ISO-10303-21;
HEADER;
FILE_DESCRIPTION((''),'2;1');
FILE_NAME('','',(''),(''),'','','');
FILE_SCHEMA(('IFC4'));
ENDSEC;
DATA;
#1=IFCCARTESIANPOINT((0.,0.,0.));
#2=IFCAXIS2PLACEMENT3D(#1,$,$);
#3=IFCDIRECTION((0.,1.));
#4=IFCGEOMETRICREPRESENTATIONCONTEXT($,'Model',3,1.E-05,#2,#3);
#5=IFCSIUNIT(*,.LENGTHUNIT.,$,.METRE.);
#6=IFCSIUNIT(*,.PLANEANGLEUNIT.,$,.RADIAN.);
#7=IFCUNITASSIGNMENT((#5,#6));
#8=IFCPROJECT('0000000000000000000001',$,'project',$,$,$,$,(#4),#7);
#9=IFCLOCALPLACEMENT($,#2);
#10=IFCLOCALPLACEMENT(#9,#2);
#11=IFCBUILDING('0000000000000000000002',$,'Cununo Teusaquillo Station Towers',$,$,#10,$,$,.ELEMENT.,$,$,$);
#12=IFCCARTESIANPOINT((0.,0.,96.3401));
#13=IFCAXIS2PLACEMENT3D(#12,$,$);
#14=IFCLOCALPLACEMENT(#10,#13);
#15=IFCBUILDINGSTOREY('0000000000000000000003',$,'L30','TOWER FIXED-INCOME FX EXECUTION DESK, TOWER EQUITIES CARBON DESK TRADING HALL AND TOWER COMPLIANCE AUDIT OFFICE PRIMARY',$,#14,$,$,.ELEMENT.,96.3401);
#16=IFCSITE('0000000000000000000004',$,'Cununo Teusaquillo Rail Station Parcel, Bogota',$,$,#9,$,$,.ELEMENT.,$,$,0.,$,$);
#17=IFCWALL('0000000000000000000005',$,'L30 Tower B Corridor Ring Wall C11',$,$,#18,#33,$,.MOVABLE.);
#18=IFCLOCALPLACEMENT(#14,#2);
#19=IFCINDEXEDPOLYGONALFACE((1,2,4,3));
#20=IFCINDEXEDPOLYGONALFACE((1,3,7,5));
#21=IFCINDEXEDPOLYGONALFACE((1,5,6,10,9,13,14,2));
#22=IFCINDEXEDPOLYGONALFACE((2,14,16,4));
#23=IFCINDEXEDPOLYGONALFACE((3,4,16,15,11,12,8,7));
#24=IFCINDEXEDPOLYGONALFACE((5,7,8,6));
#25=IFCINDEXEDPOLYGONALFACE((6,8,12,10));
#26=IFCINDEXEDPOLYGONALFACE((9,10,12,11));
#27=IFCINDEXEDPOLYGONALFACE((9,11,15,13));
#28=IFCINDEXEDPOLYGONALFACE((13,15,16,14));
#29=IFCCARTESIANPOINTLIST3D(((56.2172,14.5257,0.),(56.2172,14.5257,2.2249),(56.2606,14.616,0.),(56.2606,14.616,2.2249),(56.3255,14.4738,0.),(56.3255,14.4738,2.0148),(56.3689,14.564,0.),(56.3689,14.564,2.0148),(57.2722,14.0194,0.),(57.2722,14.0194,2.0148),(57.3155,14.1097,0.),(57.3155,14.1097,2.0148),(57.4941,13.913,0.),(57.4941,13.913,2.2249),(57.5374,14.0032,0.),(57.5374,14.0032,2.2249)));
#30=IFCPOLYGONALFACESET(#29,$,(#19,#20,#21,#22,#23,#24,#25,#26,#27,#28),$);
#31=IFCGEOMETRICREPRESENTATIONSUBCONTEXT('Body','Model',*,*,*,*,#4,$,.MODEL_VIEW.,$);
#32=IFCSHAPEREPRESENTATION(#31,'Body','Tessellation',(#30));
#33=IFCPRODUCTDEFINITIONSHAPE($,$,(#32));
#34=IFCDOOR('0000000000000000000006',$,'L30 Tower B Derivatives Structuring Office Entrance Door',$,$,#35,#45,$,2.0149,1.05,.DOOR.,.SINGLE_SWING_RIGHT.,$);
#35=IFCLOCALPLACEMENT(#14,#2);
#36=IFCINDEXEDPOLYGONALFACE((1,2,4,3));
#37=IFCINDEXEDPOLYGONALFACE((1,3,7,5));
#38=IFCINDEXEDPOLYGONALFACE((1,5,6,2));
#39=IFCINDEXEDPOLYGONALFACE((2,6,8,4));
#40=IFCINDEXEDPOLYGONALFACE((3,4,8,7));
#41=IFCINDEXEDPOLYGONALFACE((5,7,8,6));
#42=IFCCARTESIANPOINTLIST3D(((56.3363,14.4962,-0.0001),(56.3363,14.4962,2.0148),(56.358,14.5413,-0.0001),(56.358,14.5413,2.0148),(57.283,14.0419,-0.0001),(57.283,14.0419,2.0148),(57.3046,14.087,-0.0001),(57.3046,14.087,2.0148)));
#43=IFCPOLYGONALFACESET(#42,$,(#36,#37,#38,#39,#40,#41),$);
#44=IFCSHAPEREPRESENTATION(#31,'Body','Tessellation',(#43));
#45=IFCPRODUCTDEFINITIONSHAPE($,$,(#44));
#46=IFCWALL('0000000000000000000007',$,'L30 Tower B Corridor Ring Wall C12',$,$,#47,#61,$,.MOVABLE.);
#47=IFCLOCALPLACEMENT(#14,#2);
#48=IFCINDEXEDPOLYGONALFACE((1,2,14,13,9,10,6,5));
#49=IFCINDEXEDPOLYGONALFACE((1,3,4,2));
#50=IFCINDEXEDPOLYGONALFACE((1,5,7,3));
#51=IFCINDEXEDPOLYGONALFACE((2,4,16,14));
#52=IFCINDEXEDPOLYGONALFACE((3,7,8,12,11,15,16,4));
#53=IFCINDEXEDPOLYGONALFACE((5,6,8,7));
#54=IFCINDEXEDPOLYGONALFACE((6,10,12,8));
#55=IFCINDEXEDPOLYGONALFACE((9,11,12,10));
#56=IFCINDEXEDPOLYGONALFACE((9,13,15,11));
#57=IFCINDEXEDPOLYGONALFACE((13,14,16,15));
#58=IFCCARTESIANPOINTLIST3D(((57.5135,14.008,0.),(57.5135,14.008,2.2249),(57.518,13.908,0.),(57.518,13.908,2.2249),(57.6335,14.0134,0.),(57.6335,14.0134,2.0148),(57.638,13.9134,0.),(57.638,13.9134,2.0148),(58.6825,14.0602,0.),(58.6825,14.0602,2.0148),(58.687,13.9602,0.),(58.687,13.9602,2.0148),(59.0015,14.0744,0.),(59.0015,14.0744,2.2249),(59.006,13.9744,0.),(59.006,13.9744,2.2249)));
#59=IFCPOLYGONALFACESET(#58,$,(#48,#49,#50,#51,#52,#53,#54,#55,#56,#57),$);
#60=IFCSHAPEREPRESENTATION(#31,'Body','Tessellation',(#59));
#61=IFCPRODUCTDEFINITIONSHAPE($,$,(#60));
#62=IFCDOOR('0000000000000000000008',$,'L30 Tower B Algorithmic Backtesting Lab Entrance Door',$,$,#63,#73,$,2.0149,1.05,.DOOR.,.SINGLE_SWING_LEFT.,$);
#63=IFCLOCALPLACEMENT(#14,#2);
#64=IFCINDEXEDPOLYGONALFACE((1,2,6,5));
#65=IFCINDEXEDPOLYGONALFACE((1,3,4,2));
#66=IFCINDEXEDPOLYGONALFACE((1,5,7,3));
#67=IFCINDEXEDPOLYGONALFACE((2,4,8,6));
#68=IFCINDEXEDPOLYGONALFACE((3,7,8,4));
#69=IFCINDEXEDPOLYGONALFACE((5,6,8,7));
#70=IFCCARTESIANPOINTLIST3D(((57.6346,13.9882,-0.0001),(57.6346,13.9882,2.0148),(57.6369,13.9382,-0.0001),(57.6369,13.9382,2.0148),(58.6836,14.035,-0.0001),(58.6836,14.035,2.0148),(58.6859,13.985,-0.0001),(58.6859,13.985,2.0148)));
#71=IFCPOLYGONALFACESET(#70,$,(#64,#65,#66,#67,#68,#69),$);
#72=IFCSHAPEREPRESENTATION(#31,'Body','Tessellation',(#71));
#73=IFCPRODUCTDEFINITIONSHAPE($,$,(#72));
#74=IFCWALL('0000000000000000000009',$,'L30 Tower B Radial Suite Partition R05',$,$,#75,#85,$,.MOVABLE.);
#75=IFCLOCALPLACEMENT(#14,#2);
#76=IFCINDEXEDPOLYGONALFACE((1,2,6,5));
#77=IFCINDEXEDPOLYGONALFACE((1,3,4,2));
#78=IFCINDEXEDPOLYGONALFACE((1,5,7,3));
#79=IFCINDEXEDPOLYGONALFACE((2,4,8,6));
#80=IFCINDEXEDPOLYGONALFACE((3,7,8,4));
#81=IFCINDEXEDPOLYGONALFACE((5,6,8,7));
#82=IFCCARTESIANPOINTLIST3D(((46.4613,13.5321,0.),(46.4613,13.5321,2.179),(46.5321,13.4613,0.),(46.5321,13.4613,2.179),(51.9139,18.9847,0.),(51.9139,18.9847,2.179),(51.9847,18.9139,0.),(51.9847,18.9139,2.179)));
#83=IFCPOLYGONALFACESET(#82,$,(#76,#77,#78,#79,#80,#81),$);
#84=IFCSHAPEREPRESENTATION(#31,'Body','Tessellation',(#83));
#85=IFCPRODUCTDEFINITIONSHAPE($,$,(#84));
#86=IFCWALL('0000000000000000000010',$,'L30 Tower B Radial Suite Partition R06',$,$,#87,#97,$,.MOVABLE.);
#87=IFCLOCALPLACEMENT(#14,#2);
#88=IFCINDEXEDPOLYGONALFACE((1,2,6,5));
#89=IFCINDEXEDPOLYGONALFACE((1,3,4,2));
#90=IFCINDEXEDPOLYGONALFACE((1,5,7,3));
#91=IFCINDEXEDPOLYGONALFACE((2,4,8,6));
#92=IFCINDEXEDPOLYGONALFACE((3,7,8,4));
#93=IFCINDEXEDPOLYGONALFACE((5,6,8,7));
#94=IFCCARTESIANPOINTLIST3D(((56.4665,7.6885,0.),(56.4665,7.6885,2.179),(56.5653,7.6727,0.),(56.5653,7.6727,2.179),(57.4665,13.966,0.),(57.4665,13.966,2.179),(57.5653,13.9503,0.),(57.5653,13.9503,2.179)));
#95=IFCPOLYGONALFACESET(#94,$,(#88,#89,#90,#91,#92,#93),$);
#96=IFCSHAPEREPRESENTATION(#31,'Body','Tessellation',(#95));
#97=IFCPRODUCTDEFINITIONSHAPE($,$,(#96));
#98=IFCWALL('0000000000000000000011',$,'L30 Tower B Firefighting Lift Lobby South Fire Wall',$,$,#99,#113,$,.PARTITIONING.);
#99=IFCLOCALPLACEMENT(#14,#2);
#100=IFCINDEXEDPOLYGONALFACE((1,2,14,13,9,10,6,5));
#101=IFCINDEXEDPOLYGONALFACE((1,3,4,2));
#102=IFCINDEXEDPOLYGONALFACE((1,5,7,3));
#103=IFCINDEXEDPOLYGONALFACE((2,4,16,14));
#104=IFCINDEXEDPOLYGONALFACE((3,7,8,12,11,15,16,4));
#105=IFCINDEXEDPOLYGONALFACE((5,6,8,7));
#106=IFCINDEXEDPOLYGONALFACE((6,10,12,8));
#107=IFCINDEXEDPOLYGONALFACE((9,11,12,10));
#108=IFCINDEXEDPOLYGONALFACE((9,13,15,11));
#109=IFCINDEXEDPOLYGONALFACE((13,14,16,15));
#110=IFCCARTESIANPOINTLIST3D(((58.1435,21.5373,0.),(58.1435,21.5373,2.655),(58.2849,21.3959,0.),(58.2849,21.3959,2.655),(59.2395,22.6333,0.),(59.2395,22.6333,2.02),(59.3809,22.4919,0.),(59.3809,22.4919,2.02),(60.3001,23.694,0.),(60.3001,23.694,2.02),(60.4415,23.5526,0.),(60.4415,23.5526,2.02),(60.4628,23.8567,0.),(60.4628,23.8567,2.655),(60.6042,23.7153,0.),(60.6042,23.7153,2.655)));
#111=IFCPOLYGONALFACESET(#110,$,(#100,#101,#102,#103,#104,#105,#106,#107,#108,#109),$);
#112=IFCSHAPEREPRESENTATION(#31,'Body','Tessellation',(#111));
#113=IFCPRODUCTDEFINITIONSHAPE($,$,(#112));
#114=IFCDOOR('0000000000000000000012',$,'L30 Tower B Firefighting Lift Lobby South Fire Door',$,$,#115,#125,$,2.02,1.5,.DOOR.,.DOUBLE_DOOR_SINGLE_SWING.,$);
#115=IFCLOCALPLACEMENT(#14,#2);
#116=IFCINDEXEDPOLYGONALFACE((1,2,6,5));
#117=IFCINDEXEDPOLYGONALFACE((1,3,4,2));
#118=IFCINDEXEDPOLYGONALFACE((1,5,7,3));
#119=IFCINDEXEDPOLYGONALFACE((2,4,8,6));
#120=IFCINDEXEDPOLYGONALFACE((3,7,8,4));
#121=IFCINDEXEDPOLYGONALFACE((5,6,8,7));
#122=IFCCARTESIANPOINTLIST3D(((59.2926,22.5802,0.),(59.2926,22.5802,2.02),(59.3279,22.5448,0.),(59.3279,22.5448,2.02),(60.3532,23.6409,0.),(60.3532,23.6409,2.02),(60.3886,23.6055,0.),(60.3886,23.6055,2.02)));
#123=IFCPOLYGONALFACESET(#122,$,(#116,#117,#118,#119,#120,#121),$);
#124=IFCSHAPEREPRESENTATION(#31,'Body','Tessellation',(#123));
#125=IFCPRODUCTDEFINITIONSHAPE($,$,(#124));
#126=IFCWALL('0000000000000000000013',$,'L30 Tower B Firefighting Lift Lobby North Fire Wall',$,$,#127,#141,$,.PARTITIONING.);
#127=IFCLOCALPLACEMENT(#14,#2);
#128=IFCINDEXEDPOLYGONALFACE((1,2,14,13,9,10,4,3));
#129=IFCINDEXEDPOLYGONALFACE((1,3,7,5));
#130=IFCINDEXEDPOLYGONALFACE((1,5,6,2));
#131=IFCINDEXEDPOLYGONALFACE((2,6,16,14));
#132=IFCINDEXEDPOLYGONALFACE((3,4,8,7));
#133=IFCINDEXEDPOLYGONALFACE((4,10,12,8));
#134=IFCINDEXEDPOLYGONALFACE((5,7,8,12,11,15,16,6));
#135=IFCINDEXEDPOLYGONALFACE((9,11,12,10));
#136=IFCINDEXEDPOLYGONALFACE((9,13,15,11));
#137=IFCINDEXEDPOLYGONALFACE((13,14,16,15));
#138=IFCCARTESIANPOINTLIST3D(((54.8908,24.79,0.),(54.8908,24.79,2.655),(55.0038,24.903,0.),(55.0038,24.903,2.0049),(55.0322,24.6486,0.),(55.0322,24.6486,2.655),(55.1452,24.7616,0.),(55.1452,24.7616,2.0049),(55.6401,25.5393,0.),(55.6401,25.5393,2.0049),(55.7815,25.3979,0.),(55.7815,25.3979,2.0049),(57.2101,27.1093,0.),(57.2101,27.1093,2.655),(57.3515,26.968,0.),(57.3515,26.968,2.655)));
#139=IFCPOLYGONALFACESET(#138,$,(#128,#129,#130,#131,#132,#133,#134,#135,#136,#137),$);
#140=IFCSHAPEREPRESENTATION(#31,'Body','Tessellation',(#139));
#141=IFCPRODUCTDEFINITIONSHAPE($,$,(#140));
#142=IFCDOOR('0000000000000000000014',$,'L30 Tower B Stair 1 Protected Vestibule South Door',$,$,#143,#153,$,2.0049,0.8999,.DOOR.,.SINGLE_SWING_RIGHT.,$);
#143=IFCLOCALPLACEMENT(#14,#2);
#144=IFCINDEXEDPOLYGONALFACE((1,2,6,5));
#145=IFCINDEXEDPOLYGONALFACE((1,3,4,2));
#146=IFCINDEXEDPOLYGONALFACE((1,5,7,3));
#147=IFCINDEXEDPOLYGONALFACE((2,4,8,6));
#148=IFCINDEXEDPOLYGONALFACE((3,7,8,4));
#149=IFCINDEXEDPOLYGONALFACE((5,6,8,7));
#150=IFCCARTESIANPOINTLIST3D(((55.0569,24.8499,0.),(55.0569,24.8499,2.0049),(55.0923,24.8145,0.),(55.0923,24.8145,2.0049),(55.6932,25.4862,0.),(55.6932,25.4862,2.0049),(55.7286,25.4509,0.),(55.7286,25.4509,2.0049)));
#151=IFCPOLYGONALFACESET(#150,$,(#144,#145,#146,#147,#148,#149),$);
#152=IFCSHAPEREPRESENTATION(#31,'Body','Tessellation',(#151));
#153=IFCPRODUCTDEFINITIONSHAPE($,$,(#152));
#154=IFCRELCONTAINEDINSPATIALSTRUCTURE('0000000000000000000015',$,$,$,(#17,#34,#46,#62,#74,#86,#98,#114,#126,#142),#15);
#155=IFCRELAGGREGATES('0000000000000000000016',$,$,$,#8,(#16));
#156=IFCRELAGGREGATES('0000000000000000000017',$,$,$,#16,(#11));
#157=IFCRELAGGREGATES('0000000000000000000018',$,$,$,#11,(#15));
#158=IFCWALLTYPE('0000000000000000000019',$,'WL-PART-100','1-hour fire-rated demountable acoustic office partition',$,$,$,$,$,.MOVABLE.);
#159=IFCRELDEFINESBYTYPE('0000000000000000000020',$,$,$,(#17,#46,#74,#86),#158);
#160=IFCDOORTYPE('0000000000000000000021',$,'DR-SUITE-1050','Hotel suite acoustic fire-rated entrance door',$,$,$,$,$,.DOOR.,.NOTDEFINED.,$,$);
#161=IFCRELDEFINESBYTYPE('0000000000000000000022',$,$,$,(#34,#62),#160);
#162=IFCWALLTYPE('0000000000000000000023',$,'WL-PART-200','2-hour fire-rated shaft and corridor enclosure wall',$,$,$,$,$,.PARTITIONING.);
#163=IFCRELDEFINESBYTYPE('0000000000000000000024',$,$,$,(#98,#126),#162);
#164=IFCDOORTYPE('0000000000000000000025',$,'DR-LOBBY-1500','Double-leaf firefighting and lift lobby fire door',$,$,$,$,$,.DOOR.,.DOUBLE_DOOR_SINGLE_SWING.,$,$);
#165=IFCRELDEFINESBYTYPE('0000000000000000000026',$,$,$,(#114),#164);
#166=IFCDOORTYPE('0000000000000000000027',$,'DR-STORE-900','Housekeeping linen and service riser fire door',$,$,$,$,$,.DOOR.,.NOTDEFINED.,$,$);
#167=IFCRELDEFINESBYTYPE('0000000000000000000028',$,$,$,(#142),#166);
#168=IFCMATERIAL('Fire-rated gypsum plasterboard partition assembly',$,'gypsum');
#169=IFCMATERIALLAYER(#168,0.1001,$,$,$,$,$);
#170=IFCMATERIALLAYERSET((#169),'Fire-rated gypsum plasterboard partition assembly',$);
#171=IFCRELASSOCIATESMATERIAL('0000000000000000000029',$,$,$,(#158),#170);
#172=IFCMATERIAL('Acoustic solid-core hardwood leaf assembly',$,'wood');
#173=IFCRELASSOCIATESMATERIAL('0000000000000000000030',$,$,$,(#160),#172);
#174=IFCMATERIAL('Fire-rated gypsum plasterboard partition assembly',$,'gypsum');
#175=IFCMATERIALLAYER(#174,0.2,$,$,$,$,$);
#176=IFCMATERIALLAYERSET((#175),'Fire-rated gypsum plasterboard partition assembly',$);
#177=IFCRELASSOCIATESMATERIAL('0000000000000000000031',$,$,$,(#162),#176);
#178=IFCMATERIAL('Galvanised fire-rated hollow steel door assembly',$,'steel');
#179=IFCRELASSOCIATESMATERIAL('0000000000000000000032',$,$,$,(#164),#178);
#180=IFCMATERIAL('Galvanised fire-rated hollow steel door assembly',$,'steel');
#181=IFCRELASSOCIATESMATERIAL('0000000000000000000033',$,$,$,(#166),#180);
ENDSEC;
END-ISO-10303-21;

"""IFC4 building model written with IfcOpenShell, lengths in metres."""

from ifc_helpers import new_model, si_unit, direction, frame, frame_2d, origin, place, context, subcontext, project, spatial, rectangle, extrude, source, transform, mapped, material, layer, layer_set, type_object, element, fill, save


model = new_model("IFC4")

# Units and contexts
model_context = context("Model", 3, precision=1e-05, world=origin(), true_north=direction((0.0, 1.0)))
body_context = subcontext(model_context, "Body", "Model", "MODEL_VIEW")
ifc_project = project(units=[si_unit("LENGTHUNIT", "METRE"), si_unit("PLANEANGLEUNIT", "RADIAN")], contexts=[model_context])

# Site, building, storey
site_placement = place(None, origin())
site = spatial("IfcSite", under=ifc_project, at=site_placement, Name="Cununo Teusaquillo Rail Station Parcel, Bogota", CompositionType="ELEMENT", RefElevation=0.0)
building_placement = place(site_placement, origin())
building = spatial("IfcBuilding", under=site, at=building_placement, Name="Cununo Teusaquillo Station Towers", CompositionType="ELEMENT")
storey_placement = place(building_placement, frame((0.0, 0.0, 96.3401)))
storey = spatial("IfcBuildingStorey", under=building, at=storey_placement, Name="L30", Description="TOWER FIXED-INCOME FX EXECUTION DESK, TOWER EQUITIES CARBON DESK TRADING HALL AND TOWER COMPLIANCE AUDIT OFFICE PRIMARY", CompositionType="ELEMENT", Elevation=96.3401)

# Shared definitions
ifc_material_1 = material(Name="Fire-rated gypsum plasterboard partition assembly", Category="gypsum")
ifc_layer_1 = layer(ifc_material_1, 0.1001)
ifc_layer_set_1 = layer_set([ifc_layer_1], Name="Fire-rated gypsum plasterboard partition assembly")
wall_type_1 = type_object("IfcWallType", Name="WL-PART-100", Description="1-hour fire-rated demountable acoustic office partition", PredefinedType="MOVABLE", material=ifc_layer_set_1)

# Walls, openings, doors
wall_1_placement = place(storey_placement, frame((56.239, 14.5708, 0.0), z_axis=(0.0, 0.0, 1.0), x_axis=(0.90155, -0.432675, 0.0)))
wall_1 = element("IfcWall", 1, at=wall_1_placement, inside=storey, type_object=wall_type_1, Name="L30 Tower B Corridor Ring Wall C11", PredefinedType="MOVABLE", context=body_context, shape_type="SweptSolid", body=[
    extrude(rectangle(XDim=1.4163, YDim=0.1001, at=frame_2d((0.708, 0.0))), origin(), (0.0, 0.0, 1.0), 2.2249),
])
shared_shape_1 = source(origin(), body_context, "Body", "SweptSolid", [
    extrude(rectangle(XDim=1.05, YDim=2.0149, at=frame_2d((0.5249, 1.0073))), frame((0.0, 0.0601, 0.0), z_axis=(0.0, -1.0, 0.0), x_axis=(1.0, 0.0, 0.0)), (0.0, 0.0, 1.0), 0.1201),
])
opening_1_placement = place(wall_1_placement, frame((0.1201, 0.0, 0.0)))
opening_1 = element("IfcOpeningElement", 2, at=opening_1_placement, cuts=wall_1, PredefinedType="OPENING", context=body_context, shape_type="MappedRepresentation", body=[
    mapped(shared_shape_1, transform((0.0, 0.0, 0.0), x_axis=(1.0, 0.0, 0.0), y_axis=(0.0, 1.0, 0.0), z_axis=(0.0, 0.0, 1.0), scale=1.0)),
])
ifc_material_2 = material(Name="Acoustic solid-core hardwood leaf assembly", Category="wood")
door_type_1 = type_object("IfcDoorType", Name="DR-SUITE-1050", Description="Hotel suite acoustic fire-rated entrance door", OperationType="NOTDEFINED", PredefinedType="DOOR", material=ifc_material_2)
shared_shape_2 = source(origin(), body_context, "Body", "SweptSolid", [
    extrude(rectangle(XDim=1.05, YDim=2.0149, at=frame_2d((0.5249, 1.0073))), frame((0.0, 0.0249, 0.0), z_axis=(0.0, -1.0, 0.0), x_axis=(1.0, 0.0, 0.0)), (0.0, 0.0, 1.0), 0.05),
])
door_1_placement = place(opening_1_placement, origin())
door_1 = element("IfcDoor", 3, at=door_1_placement, inside=storey, type_object=door_type_1, Name="L30 Tower B Derivatives Structuring Office Entrance Door", OperationType="SINGLE_SWING_RIGHT", OverallHeight=2.0149, OverallWidth=1.05, PredefinedType="DOOR", context=body_context, shape_type="MappedRepresentation", body=[
    mapped(shared_shape_2, transform((0.0, 0.0, 0.0), x_axis=(1.0, 0.0, 0.0), y_axis=(0.0, 1.0, 0.0), z_axis=(0.0, 0.0, 1.0), scale=1.0)),
])
fill(opening_1, door_1)
wall_2_placement = place(storey_placement, frame((57.5159, 13.958, 0.0), z_axis=(0.0, 0.0, 1.0), x_axis=(0.999006, 0.044582, 0.0)))
wall_2 = element("IfcWall", 4, at=wall_2_placement, inside=storey, type_object=wall_type_1, Name="L30 Tower B Corridor Ring Wall C12", PredefinedType="MOVABLE", context=body_context, shape_type="SweptSolid", body=[
    extrude(rectangle(XDim=1.4895, YDim=0.1001, at=frame_2d((0.7446, 0.0))), origin(), (0.0, 0.0, 1.0), 2.2249),
])
opening_2_placement = place(wall_2_placement, frame((0.1201, 0.0, 0.0)))
opening_2 = element("IfcOpeningElement", 5, at=opening_2_placement, cuts=wall_2, PredefinedType="OPENING", context=body_context, shape_type="MappedRepresentation", body=[
    mapped(shared_shape_1, transform((0.0, 0.0, 0.0), x_axis=(1.0, 0.0, 0.0), y_axis=(0.0, 1.0, 0.0), z_axis=(0.0, 0.0, 1.0), scale=1.0)),
])
door_2_placement = place(opening_2_placement, origin())
door_2 = element("IfcDoor", 6, at=door_2_placement, inside=storey, type_object=door_type_1, Name="L30 Tower B Algorithmic Backtesting Lab Entrance Door", OperationType="SINGLE_SWING_LEFT", OverallHeight=2.0149, OverallWidth=1.05, PredefinedType="DOOR", context=body_context, shape_type="MappedRepresentation", body=[
    mapped(shared_shape_2, transform((0.0, 0.0, 0.0), x_axis=(1.0, 0.0, 0.0), y_axis=(0.0, 1.0, 0.0), z_axis=(0.0, 0.0, 1.0), scale=1.0)),
])
fill(opening_2, door_2)

# Walls
wall_3_placement = place(storey_placement, frame((51.9492, 18.9492, 0.0), z_axis=(0.0, 0.0, 1.0), x_axis=(-0.707107, -0.707107, 0.0)))
element("IfcWall", 7, at=wall_3_placement, inside=storey, type_object=wall_type_1, Name="L30 Tower B Radial Suite Partition R05", PredefinedType="MOVABLE", context=body_context, shape_type="SweptSolid", body=[
    extrude(rectangle(XDim=7.7112, YDim=0.1001, at=frame_2d((3.8555, 0.0))), origin(), (0.0, 0.0, 1.0), 2.179),
])
wall_4_placement = place(storey_placement, frame((57.5159, 13.958, 0.0), z_axis=(0.0, 0.0, 1.0), x_axis=(-0.157313, -0.987549, 0.0)))
element("IfcWall", 8, at=wall_4_placement, inside=storey, type_object=wall_type_1, Name="L30 Tower B Radial Suite Partition R06", PredefinedType="MOVABLE", context=body_context, shape_type="SweptSolid", body=[
    extrude(rectangle(XDim=6.3567, YDim=0.1001, at=frame_2d((3.1782, 0.0))), origin(), (0.0, 0.0, 1.0), 2.179),
])

# Walls, openings, doors
ifc_material_3 = material(Name="Fire-rated gypsum plasterboard partition assembly", Category="gypsum")
ifc_layer_2 = layer(ifc_material_3, 0.2)
ifc_layer_set_2 = layer_set([ifc_layer_2], Name="Fire-rated gypsum plasterboard partition assembly")
wall_type_2 = type_object("IfcWallType", Name="WL-PART-200", Description="2-hour fire-rated shaft and corridor enclosure wall", PredefinedType="PARTITIONING", material=ifc_layer_set_2)
wall_5_placement = place(storey_placement, frame((58.2141, 21.4666, 0.0), z_axis=(0.0, 0.0, 1.0), x_axis=(0.707107, 0.707107, 0.0)))
wall_5 = element("IfcWall", 9, at=wall_5_placement, inside=storey, type_object=wall_type_2, Name="L30 Tower B Firefighting Lift Lobby South Fire Wall", PredefinedType="PARTITIONING", context=body_context, shape_type="SweptSolid", body=[
    extrude(rectangle(XDim=3.28, YDim=0.2, at=frame_2d((1.6401, 0.0))), origin(), (0.0, 0.0, 1.0), 2.655),
])
shared_shape_3 = source(origin(), body_context, "Body", "SweptSolid", [
    extrude(rectangle(XDim=1.5, YDim=2.02, at=frame_2d((0.75, 1.01))), frame((0.0, 0.1099, 0.0), z_axis=(0.0, -1.0, 0.0), x_axis=(1.0, 0.0, 0.0)), (0.0, 0.0, 1.0), 0.22),
])
opening_3_placement = place(wall_5_placement, frame((1.55, 0.0, 0.0)))
opening_3 = element("IfcOpeningElement", 10, at=opening_3_placement, cuts=wall_5, PredefinedType="OPENING", context=body_context, shape_type="MappedRepresentation", body=[
    mapped(shared_shape_3, transform((0.0, 0.0, 0.0), x_axis=(1.0, 0.0, 0.0), y_axis=(0.0, 1.0, 0.0), z_axis=(0.0, 0.0, 1.0), scale=1.0)),
])
ifc_material_4 = material(Name="Galvanised fire-rated hollow steel door assembly", Category="steel")
door_type_2 = type_object("IfcDoorType", Name="DR-LOBBY-1500", Description="Double-leaf firefighting and lift lobby fire door", OperationType="DOUBLE_DOOR_SINGLE_SWING", PredefinedType="DOOR", material=ifc_material_4)
shared_shape_4 = source(origin(), body_context, "Body", "SweptSolid", [
    extrude(rectangle(XDim=1.5, YDim=2.02, at=frame_2d((0.75, 1.01))), frame((0.0, 0.0249, 0.0), z_axis=(0.0, -1.0, 0.0), x_axis=(1.0, 0.0, 0.0)), (0.0, 0.0, 1.0), 0.05),
])
door_3_placement = place(opening_3_placement, origin())
door_3 = element("IfcDoor", 11, at=door_3_placement, inside=storey, type_object=door_type_2, Name="L30 Tower B Firefighting Lift Lobby South Fire Door", OperationType="DOUBLE_DOOR_SINGLE_SWING", OverallHeight=2.02, OverallWidth=1.5, PredefinedType="DOOR", context=body_context, shape_type="MappedRepresentation", body=[
    mapped(shared_shape_4, transform((0.0, 0.0, 0.0), x_axis=(1.0, 0.0, 0.0), y_axis=(0.0, 1.0, 0.0), z_axis=(0.0, 0.0, 1.0), scale=1.0)),
])
fill(opening_3, door_3)
wall_6_placement = place(storey_placement, frame((54.9614, 24.7192, 0.0), z_axis=(0.0, 0.0, 1.0), x_axis=(0.707107, 0.707107, 0.0)))
wall_6 = element("IfcWall", 12, at=wall_6_placement, inside=storey, type_object=wall_type_2, Name="L30 Tower B Firefighting Lift Lobby North Fire Wall", PredefinedType="PARTITIONING", context=body_context, shape_type="SweptSolid", body=[
    extrude(rectangle(XDim=3.28, YDim=0.2, at=frame_2d((1.6401, 0.0))), origin(), (0.0, 0.0, 1.0), 2.655),
])
shared_shape_5 = source(origin(), body_context, "Body", "SweptSolid", [
    extrude(rectangle(XDim=0.8999, YDim=2.0049, at=frame_2d((0.45, 1.0024))), frame((0.0, 0.1099, 0.0), z_axis=(0.0, -1.0, 0.0), x_axis=(1.0, 0.0, 0.0)), (0.0, 0.0, 1.0), 0.22),
])
opening_4_placement = place(wall_6_placement, frame((0.1599, 0.0, 0.0)))
opening_4 = element("IfcOpeningElement", 13, at=opening_4_placement, cuts=wall_6, PredefinedType="OPENING", context=body_context, shape_type="MappedRepresentation", body=[
    mapped(shared_shape_5, transform((0.0, 0.0, 0.0), x_axis=(1.0, 0.0, 0.0), y_axis=(0.0, 1.0, 0.0), z_axis=(0.0, 0.0, 1.0), scale=1.0)),
])
ifc_material_5 = material(Name="Galvanised fire-rated hollow steel door assembly", Category="steel")
door_type_3 = type_object("IfcDoorType", Name="DR-STORE-900", Description="Housekeeping linen and service riser fire door", OperationType="NOTDEFINED", PredefinedType="DOOR", material=ifc_material_5)
shared_shape_6 = source(origin(), body_context, "Body", "SweptSolid", [
    extrude(rectangle(XDim=0.8999, YDim=2.0049, at=frame_2d((0.45, 1.0024))), frame((0.0, 0.0249, 0.0), z_axis=(0.0, -1.0, 0.0), x_axis=(1.0, 0.0, 0.0)), (0.0, 0.0, 1.0), 0.05),
])
door_4_placement = place(opening_4_placement, origin())
door_4 = element("IfcDoor", 14, at=door_4_placement, inside=storey, type_object=door_type_3, Name="L30 Tower B Stair 1 Protected Vestibule South Door", OperationType="SINGLE_SWING_RIGHT", OverallHeight=2.0049, OverallWidth=0.8999, PredefinedType="DOOR", context=body_context, shape_type="MappedRepresentation", body=[
    mapped(shared_shape_6, transform((0.0, 0.0, 0.0), x_axis=(1.0, 0.0, 0.0), y_axis=(0.0, 1.0, 0.0), z_axis=(0.0, 0.0, 1.0), scale=1.0)),
])
fill(opening_4, door_4)

save(model, "model.ifc")
